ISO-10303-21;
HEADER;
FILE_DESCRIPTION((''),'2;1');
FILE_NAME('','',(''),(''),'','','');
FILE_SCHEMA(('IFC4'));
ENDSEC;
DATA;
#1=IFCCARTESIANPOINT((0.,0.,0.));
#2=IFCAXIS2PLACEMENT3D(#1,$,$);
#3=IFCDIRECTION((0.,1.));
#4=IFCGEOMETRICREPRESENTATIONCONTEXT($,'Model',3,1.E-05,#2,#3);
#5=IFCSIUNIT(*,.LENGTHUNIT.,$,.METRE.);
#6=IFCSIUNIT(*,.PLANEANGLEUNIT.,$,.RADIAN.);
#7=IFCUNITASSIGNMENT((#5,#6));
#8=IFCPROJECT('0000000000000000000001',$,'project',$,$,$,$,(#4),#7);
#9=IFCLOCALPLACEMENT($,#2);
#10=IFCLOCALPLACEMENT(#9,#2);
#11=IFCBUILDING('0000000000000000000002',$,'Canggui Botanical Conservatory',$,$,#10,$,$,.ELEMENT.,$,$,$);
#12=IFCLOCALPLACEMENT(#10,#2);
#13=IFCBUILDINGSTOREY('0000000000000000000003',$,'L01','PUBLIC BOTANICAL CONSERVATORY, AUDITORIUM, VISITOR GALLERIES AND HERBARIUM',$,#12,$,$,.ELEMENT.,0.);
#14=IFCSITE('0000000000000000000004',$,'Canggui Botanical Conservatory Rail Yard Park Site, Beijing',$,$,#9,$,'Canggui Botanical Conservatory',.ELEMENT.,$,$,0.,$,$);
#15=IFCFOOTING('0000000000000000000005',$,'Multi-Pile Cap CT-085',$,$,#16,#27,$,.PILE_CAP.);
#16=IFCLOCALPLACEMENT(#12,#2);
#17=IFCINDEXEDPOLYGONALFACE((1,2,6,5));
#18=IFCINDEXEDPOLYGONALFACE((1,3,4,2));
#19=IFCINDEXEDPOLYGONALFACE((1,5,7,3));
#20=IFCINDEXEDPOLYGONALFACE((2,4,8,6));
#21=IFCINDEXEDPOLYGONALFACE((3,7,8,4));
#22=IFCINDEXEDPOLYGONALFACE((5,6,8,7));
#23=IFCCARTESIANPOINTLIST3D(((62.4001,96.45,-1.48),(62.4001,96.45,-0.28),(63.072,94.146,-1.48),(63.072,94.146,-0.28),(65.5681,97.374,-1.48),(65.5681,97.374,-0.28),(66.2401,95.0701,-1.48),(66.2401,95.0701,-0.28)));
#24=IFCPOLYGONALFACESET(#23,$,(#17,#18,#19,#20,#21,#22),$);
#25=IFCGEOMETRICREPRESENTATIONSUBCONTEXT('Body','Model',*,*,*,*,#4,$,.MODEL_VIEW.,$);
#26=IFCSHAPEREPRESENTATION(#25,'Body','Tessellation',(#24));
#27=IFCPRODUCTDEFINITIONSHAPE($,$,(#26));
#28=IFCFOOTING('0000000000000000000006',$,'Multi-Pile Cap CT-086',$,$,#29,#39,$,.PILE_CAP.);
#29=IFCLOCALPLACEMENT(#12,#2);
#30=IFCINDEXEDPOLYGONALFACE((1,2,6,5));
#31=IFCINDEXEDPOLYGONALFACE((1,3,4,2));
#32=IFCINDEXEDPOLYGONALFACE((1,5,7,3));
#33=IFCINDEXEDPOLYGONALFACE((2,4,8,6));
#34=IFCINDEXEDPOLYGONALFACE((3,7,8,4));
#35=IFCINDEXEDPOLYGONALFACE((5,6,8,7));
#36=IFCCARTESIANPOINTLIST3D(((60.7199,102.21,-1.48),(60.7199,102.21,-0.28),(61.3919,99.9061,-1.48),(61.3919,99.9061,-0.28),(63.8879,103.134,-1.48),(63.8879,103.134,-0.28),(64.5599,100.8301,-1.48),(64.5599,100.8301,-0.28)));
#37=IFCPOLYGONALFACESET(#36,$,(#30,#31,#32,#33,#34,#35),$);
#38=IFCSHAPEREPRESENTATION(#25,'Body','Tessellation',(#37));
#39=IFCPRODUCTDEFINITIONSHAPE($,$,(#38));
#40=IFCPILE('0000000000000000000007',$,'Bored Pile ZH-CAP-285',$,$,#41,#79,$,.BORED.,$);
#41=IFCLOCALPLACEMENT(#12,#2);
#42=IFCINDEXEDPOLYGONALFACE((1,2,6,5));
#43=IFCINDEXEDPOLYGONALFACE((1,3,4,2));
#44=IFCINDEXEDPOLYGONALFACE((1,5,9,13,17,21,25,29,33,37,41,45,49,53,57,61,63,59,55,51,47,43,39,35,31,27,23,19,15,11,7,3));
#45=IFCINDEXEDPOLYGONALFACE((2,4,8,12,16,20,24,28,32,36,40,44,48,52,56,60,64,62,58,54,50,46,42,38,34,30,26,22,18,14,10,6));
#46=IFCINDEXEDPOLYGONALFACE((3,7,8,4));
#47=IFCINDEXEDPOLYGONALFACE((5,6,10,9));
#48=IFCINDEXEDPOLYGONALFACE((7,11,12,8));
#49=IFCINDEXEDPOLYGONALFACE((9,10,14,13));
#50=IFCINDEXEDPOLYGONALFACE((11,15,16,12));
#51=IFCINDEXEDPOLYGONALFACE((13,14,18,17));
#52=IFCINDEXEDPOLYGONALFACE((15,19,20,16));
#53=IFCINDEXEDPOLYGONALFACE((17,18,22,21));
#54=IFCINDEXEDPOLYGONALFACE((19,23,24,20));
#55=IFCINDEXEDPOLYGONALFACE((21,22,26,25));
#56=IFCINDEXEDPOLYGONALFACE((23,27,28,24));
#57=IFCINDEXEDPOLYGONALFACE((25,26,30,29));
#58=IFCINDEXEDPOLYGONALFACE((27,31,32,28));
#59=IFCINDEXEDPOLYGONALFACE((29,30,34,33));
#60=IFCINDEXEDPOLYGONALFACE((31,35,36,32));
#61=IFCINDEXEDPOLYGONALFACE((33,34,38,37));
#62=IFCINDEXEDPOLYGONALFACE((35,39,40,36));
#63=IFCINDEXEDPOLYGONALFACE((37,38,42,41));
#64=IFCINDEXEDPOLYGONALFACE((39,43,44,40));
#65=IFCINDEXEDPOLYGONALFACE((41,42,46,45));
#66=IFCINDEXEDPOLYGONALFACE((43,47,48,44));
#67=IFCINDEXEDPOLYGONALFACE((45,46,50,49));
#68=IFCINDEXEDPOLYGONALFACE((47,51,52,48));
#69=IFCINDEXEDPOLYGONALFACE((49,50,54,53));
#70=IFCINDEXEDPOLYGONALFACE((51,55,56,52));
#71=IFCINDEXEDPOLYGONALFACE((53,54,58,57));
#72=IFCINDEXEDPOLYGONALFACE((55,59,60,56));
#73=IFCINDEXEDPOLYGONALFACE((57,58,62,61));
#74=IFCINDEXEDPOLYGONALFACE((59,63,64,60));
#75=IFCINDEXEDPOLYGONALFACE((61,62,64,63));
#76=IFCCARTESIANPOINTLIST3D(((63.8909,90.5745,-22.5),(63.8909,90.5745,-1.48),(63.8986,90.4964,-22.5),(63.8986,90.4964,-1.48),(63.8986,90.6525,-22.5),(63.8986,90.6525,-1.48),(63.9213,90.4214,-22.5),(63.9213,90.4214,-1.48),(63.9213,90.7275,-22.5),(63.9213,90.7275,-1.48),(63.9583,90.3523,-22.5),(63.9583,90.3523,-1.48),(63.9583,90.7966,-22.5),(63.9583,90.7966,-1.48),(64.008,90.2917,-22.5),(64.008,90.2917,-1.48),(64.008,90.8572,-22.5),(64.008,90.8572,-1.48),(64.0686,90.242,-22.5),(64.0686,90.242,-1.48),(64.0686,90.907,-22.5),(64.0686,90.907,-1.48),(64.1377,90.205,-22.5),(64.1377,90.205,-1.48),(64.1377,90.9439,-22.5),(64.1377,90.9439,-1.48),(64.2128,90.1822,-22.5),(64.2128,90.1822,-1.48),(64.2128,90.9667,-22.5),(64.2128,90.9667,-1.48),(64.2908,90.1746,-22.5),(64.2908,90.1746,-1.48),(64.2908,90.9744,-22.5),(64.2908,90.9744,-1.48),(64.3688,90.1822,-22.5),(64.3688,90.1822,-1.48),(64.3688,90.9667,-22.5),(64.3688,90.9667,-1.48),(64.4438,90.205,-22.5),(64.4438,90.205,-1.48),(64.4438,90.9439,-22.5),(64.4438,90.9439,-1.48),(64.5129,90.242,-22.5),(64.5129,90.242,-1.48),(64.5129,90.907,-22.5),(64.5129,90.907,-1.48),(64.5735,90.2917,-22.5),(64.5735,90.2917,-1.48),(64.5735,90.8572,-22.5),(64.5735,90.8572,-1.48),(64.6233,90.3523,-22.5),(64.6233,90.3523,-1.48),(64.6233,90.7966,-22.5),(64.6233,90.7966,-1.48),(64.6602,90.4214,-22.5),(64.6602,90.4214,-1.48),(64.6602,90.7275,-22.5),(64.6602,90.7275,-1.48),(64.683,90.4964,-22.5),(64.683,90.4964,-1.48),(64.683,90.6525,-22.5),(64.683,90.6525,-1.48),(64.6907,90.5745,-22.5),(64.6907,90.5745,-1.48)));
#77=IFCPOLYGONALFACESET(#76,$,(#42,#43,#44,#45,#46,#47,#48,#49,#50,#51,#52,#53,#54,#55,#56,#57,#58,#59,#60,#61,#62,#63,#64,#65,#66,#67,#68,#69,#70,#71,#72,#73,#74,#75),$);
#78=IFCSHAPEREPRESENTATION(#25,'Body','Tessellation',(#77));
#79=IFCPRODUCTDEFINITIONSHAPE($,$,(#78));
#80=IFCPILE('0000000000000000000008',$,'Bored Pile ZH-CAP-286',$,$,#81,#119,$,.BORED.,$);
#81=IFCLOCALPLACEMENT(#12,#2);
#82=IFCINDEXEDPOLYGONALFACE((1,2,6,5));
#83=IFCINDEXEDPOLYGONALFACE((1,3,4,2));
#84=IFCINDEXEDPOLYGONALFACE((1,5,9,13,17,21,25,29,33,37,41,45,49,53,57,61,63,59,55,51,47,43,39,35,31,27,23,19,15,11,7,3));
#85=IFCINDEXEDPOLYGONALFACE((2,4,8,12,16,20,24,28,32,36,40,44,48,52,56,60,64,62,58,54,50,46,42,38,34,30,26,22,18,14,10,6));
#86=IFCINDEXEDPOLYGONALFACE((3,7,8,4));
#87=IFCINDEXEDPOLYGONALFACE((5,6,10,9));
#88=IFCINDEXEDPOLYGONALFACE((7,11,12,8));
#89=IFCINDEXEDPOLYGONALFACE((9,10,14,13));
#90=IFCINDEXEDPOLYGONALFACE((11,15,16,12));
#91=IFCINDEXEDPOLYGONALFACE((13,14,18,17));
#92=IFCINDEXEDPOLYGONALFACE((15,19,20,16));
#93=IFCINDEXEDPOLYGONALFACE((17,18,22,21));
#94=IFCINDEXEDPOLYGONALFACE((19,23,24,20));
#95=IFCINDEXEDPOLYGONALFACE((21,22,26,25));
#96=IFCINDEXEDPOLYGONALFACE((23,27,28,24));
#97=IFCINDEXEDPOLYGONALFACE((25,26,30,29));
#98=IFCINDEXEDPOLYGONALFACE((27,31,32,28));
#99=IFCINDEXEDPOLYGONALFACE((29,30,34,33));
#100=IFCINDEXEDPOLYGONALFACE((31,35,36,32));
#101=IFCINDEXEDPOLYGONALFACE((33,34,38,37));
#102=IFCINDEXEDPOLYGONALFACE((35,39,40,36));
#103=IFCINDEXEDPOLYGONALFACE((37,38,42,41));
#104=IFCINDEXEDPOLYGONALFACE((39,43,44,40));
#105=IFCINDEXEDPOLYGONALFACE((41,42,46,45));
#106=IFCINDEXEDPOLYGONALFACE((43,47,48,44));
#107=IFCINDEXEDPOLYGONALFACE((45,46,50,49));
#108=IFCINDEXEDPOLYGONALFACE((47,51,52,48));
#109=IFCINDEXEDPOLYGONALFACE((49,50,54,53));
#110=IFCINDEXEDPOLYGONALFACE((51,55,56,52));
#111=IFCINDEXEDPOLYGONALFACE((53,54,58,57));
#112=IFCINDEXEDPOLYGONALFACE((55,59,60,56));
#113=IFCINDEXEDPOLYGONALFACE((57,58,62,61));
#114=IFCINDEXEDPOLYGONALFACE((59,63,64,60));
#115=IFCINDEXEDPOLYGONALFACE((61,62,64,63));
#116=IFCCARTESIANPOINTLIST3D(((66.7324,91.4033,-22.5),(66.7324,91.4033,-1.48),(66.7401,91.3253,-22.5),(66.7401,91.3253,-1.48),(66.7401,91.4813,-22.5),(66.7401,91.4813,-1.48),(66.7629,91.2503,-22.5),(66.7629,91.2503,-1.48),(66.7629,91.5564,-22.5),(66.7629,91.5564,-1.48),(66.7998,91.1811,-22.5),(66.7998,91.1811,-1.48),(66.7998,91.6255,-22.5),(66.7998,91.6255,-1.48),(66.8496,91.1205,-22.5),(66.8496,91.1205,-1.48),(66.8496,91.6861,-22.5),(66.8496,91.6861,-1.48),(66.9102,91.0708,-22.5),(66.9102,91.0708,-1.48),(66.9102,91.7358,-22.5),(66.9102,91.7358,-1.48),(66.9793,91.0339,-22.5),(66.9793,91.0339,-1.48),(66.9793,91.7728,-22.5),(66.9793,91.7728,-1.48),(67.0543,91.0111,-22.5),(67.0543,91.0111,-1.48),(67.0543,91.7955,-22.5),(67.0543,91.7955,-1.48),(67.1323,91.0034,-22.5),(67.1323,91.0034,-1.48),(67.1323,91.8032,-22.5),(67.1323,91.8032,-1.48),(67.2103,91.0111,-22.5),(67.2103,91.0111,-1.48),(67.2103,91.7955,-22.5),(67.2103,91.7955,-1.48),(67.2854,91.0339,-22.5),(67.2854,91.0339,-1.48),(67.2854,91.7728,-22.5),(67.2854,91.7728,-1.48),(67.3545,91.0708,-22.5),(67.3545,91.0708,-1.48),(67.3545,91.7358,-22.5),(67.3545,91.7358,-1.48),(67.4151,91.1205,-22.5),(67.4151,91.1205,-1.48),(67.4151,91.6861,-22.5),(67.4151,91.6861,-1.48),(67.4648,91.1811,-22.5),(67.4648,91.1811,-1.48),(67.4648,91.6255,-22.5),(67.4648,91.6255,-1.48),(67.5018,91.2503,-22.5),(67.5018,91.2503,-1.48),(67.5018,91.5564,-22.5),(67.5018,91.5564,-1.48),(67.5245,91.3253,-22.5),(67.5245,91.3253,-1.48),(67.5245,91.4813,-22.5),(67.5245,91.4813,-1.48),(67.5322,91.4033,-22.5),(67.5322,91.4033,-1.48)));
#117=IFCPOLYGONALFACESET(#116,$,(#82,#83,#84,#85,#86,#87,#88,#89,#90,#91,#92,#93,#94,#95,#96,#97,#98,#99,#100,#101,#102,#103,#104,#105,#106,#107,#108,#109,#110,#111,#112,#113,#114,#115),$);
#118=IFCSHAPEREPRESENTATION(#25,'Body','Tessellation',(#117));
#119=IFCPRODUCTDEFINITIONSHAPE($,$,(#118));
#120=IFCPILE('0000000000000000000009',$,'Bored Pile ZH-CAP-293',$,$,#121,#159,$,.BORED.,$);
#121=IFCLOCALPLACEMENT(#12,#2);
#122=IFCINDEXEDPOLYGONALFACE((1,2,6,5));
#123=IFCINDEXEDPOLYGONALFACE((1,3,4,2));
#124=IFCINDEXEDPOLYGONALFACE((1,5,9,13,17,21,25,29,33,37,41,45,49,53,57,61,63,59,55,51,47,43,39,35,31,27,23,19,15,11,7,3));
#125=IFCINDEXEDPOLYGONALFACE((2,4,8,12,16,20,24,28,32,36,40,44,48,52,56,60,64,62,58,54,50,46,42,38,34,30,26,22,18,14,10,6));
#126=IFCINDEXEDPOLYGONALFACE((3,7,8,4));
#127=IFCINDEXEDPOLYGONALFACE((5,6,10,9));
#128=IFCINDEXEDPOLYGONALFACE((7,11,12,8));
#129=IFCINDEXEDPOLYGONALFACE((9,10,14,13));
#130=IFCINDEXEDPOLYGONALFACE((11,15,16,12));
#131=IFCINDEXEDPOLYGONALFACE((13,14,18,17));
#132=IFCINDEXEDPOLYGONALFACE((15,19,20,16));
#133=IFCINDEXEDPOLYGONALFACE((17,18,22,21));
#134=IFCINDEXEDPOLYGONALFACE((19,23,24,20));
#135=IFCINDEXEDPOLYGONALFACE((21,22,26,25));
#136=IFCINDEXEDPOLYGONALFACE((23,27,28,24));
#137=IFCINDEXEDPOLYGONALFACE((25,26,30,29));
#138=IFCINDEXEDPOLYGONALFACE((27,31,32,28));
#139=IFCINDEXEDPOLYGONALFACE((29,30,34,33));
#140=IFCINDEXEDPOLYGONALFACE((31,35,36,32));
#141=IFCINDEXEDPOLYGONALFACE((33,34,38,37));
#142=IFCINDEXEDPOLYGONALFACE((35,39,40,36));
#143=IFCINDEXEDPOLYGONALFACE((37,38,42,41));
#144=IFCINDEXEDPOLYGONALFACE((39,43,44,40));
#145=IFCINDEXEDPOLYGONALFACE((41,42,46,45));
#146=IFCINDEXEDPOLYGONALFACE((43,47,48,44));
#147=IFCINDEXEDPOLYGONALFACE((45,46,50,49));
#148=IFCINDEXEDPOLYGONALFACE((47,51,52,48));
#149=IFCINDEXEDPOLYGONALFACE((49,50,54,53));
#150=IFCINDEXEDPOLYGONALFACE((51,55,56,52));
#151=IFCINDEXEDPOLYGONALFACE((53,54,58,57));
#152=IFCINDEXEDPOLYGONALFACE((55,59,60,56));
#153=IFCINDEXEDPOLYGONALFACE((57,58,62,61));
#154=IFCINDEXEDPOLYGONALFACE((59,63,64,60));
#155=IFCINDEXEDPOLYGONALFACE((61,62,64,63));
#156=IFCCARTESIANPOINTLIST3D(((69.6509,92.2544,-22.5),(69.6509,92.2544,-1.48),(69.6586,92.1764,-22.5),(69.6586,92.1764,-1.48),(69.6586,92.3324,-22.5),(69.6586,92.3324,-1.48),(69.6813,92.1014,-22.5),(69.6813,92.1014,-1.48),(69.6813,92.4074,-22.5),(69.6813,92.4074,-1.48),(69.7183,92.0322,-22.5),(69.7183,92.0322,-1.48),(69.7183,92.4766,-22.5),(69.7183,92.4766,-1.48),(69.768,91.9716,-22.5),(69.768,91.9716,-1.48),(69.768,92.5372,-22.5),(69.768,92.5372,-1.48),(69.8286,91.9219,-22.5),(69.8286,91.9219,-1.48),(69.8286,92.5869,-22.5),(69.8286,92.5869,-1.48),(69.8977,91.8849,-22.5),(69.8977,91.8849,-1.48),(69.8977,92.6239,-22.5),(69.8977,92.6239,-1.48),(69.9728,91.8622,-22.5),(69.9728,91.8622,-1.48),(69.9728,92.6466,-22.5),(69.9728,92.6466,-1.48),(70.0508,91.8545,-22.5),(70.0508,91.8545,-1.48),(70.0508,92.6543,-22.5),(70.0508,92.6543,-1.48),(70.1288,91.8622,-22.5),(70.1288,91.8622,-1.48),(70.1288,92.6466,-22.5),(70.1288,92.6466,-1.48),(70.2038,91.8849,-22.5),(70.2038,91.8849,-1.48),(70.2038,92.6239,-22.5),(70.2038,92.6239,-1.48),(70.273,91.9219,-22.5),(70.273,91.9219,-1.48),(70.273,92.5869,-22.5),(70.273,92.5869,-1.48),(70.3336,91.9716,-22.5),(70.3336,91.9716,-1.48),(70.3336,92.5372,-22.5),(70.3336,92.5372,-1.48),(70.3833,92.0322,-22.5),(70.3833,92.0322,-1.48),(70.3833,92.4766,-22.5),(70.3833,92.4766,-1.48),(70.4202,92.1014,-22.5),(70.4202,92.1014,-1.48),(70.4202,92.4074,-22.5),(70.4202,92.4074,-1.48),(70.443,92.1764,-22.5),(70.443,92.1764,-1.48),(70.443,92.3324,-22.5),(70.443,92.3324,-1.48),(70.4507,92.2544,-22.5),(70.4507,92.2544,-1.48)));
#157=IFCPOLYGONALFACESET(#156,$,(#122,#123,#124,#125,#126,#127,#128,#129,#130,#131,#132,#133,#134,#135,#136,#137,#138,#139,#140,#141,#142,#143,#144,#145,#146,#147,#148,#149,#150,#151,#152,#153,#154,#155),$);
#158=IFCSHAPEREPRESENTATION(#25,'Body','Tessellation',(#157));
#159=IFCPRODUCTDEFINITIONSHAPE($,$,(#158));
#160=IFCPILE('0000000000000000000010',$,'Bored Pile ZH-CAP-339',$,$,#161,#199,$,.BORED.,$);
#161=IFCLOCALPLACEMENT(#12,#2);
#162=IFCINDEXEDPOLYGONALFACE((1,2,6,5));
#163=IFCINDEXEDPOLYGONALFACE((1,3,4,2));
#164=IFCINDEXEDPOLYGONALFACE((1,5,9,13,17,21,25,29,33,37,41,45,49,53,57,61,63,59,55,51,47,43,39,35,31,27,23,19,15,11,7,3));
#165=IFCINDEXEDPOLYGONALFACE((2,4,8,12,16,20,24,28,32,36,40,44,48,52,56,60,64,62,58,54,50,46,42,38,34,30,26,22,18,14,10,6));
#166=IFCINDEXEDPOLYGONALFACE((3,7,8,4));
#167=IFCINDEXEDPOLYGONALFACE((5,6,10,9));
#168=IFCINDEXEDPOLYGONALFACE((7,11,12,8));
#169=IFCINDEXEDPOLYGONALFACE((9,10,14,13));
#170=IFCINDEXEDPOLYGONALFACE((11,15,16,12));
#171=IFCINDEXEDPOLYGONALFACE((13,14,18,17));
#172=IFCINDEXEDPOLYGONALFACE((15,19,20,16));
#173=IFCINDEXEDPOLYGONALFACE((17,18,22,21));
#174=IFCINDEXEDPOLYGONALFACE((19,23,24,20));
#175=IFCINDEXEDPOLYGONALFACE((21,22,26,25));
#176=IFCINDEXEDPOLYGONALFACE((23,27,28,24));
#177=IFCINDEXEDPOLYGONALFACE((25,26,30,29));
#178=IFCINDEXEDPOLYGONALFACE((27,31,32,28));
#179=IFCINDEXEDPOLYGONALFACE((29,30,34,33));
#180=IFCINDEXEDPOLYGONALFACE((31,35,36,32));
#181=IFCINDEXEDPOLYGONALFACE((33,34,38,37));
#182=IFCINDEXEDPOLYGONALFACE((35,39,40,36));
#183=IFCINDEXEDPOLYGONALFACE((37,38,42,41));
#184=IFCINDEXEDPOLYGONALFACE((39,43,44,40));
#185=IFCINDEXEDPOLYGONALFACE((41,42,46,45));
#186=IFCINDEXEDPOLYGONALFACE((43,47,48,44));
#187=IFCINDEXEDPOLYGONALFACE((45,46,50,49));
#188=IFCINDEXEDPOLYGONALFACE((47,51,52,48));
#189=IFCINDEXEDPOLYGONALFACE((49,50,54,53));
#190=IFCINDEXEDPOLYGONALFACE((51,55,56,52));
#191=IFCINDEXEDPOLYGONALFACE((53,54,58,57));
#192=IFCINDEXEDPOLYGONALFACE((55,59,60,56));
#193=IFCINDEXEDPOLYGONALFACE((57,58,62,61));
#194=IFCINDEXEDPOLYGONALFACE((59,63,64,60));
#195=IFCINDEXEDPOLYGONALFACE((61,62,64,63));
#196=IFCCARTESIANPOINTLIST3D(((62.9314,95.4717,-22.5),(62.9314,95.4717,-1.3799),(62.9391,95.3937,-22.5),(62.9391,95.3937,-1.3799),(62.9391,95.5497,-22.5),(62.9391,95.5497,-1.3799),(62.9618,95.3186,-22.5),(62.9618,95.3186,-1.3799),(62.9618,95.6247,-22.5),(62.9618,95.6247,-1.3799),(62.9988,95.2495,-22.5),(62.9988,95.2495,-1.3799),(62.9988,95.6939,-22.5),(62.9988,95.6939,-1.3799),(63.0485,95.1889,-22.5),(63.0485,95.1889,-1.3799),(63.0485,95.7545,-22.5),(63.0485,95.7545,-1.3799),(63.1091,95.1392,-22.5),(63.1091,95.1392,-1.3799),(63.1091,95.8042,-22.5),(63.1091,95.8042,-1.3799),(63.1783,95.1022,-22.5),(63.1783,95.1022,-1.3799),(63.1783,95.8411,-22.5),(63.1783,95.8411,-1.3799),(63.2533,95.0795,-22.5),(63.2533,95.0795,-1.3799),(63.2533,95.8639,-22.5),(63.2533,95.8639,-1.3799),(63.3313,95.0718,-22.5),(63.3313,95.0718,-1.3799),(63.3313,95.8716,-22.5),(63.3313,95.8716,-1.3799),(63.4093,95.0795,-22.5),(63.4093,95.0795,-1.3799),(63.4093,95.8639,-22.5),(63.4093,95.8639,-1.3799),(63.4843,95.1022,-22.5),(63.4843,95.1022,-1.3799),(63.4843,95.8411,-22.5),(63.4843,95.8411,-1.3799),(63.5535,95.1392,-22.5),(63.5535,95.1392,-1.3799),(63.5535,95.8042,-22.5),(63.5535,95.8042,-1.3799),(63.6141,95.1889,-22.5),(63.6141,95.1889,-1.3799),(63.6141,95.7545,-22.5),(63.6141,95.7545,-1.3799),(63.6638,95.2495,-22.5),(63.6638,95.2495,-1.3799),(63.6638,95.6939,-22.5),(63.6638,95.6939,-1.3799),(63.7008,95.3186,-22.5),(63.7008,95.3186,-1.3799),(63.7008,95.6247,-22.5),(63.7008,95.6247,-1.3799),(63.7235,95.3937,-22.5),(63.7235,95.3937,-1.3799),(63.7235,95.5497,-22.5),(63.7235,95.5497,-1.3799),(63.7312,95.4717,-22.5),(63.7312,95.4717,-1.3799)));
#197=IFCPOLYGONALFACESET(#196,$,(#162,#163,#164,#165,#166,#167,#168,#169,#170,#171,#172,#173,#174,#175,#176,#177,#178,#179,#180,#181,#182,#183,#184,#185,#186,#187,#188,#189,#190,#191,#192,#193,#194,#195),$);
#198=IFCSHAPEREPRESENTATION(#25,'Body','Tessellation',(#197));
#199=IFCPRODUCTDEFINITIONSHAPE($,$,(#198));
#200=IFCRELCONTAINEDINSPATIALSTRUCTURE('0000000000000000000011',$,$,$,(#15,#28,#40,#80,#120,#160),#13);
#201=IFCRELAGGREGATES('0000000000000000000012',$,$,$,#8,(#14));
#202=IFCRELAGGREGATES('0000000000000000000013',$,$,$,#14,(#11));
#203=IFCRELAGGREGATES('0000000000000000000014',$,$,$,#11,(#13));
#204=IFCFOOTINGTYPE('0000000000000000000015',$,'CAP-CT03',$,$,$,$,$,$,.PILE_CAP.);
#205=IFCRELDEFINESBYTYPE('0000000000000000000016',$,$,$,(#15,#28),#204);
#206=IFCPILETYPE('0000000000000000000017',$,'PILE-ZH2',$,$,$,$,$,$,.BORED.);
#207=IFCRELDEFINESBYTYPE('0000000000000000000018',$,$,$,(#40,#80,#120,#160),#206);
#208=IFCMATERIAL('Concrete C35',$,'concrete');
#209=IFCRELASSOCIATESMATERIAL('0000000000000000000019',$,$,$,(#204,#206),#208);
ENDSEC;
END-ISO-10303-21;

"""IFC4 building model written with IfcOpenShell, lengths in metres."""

from ifc_helpers import new_model, si_unit, direction, frame, origin, origin_2d, place, context, subcontext, project, spatial, rectangle, circle, extrude, material, material_profile, profile_set, type_object, element, save


model = new_model("IFC4")

# Units and contexts
model_context = context("Model", 3, precision=1e-05, world=origin(), true_north=direction((0.0, 1.0)))
body_context = subcontext(model_context, "Body", "Model", "MODEL_VIEW")
ifc_project = project(units=[si_unit("LENGTHUNIT", "METRE"), si_unit("PLANEANGLEUNIT", "RADIAN")], contexts=[model_context])

# Site, building, storey
site_placement = place(None, origin())
site = spatial("IfcSite", under=ifc_project, at=site_placement, Name="Canggui Botanical Conservatory Rail Yard Park Site, Beijing", LongName="Canggui Botanical Conservatory", CompositionType="ELEMENT", RefElevation=0.0)
building_placement = place(site_placement, origin())
building = spatial("IfcBuilding", under=site, at=building_placement, Name="Canggui Botanical Conservatory", CompositionType="ELEMENT")
storey_placement = place(building_placement, origin())
storey = spatial("IfcBuildingStorey", under=building, at=storey_placement, Name="L01", Description="PUBLIC BOTANICAL CONSERVATORY, AUDITORIUM, VISITOR GALLERIES AND HERBARIUM", CompositionType="ELEMENT", Elevation=0.0)

# Footings
ifc_material_1 = material(Name="Concrete C35", Category="concrete")
footing_type = type_object("IfcFootingType", Name="CAP-CT03", PredefinedType="PILE_CAP", material=ifc_material_1)
for number, where, z_axis, x_axis, name in (
    (1, (64.3201, 95.76, -1.48), (0.0, 0.0, 1.0), (0.96, 0.28, 0.0), "Multi-Pile Cap CT-085"),
    (2, (62.6399, 101.52, -1.48), (0.0, 0.0, 1.0), (0.96, 0.28, 0.0), "Multi-Pile Cap CT-086"),
):
    element("IfcFooting", number, at=place(storey_placement, frame(where, z_axis=z_axis, x_axis=x_axis)), inside=storey, type_object=footing_type, Name=name, PredefinedType="PILE_CAP", context=body_context, shape_type="SweptSolid", body=[
        extrude(rectangle(XDim=3.3, YDim=2.3999, at=origin_2d()), origin(), (0.0, 0.0, 1.0), 1.2),
    ])

# Piles
ifc_material_profile_1 = material_profile(ifc_material_1, circle(Radius=0.3999, at=origin_2d()), Name="PILE D800")
ifc_profile_set_1 = profile_set([ifc_material_profile_1], Name="Concrete C35")
pile_type = type_object("IfcPileType", Name="PILE-ZH2", PredefinedType="BORED", material=ifc_profile_set_1)
for number, where, z_axis, x_axis, name in (
    (3, (64.2908, 90.5745, -1.48), (0.0, 0.0, -1.0), (1.0, 0.0, 0.0), "Bored Pile ZH-CAP-285"),
    (4, (67.1323, 91.4033, -1.48), (0.0, 0.0, -1.0), (1.0, 0.0, 0.0), "Bored Pile ZH-CAP-286"),
    (5, (70.0508, 92.2544, -1.48), (0.0, 0.0, -1.0), (1.0, 0.0, 0.0), "Bored Pile ZH-CAP-293"),
):
    element("IfcPile", number, at=place(storey_placement, frame(where, z_axis=z_axis, x_axis=x_axis)), inside=storey, type_object=pile_type, Name=name, PredefinedType="BORED", context=body_context, shape_type="SweptSolid", body=[
        extrude(circle(Radius=0.3999, at=origin_2d()), origin(), (0.0, 0.0, 1.0), 21.02),
    ])
for number, where, z_axis, x_axis, name in (
    (6, (63.3313, 95.4717, -1.3799), (0.0, 0.0, -1.0), (1.0, 0.0, 0.0), "Bored Pile ZH-CAP-339"),
):
    element("IfcPile", number, at=place(storey_placement, frame(where, z_axis=z_axis, x_axis=x_axis)), inside=storey, type_object=pile_type, Name=name, PredefinedType="BORED", context=body_context, shape_type="SweptSolid", body=[
        extrude(circle(Radius=0.3999, at=origin_2d()), origin(), (0.0, 0.0, 1.0), 21.1201),
    ])

save(model, "model.ifc")
